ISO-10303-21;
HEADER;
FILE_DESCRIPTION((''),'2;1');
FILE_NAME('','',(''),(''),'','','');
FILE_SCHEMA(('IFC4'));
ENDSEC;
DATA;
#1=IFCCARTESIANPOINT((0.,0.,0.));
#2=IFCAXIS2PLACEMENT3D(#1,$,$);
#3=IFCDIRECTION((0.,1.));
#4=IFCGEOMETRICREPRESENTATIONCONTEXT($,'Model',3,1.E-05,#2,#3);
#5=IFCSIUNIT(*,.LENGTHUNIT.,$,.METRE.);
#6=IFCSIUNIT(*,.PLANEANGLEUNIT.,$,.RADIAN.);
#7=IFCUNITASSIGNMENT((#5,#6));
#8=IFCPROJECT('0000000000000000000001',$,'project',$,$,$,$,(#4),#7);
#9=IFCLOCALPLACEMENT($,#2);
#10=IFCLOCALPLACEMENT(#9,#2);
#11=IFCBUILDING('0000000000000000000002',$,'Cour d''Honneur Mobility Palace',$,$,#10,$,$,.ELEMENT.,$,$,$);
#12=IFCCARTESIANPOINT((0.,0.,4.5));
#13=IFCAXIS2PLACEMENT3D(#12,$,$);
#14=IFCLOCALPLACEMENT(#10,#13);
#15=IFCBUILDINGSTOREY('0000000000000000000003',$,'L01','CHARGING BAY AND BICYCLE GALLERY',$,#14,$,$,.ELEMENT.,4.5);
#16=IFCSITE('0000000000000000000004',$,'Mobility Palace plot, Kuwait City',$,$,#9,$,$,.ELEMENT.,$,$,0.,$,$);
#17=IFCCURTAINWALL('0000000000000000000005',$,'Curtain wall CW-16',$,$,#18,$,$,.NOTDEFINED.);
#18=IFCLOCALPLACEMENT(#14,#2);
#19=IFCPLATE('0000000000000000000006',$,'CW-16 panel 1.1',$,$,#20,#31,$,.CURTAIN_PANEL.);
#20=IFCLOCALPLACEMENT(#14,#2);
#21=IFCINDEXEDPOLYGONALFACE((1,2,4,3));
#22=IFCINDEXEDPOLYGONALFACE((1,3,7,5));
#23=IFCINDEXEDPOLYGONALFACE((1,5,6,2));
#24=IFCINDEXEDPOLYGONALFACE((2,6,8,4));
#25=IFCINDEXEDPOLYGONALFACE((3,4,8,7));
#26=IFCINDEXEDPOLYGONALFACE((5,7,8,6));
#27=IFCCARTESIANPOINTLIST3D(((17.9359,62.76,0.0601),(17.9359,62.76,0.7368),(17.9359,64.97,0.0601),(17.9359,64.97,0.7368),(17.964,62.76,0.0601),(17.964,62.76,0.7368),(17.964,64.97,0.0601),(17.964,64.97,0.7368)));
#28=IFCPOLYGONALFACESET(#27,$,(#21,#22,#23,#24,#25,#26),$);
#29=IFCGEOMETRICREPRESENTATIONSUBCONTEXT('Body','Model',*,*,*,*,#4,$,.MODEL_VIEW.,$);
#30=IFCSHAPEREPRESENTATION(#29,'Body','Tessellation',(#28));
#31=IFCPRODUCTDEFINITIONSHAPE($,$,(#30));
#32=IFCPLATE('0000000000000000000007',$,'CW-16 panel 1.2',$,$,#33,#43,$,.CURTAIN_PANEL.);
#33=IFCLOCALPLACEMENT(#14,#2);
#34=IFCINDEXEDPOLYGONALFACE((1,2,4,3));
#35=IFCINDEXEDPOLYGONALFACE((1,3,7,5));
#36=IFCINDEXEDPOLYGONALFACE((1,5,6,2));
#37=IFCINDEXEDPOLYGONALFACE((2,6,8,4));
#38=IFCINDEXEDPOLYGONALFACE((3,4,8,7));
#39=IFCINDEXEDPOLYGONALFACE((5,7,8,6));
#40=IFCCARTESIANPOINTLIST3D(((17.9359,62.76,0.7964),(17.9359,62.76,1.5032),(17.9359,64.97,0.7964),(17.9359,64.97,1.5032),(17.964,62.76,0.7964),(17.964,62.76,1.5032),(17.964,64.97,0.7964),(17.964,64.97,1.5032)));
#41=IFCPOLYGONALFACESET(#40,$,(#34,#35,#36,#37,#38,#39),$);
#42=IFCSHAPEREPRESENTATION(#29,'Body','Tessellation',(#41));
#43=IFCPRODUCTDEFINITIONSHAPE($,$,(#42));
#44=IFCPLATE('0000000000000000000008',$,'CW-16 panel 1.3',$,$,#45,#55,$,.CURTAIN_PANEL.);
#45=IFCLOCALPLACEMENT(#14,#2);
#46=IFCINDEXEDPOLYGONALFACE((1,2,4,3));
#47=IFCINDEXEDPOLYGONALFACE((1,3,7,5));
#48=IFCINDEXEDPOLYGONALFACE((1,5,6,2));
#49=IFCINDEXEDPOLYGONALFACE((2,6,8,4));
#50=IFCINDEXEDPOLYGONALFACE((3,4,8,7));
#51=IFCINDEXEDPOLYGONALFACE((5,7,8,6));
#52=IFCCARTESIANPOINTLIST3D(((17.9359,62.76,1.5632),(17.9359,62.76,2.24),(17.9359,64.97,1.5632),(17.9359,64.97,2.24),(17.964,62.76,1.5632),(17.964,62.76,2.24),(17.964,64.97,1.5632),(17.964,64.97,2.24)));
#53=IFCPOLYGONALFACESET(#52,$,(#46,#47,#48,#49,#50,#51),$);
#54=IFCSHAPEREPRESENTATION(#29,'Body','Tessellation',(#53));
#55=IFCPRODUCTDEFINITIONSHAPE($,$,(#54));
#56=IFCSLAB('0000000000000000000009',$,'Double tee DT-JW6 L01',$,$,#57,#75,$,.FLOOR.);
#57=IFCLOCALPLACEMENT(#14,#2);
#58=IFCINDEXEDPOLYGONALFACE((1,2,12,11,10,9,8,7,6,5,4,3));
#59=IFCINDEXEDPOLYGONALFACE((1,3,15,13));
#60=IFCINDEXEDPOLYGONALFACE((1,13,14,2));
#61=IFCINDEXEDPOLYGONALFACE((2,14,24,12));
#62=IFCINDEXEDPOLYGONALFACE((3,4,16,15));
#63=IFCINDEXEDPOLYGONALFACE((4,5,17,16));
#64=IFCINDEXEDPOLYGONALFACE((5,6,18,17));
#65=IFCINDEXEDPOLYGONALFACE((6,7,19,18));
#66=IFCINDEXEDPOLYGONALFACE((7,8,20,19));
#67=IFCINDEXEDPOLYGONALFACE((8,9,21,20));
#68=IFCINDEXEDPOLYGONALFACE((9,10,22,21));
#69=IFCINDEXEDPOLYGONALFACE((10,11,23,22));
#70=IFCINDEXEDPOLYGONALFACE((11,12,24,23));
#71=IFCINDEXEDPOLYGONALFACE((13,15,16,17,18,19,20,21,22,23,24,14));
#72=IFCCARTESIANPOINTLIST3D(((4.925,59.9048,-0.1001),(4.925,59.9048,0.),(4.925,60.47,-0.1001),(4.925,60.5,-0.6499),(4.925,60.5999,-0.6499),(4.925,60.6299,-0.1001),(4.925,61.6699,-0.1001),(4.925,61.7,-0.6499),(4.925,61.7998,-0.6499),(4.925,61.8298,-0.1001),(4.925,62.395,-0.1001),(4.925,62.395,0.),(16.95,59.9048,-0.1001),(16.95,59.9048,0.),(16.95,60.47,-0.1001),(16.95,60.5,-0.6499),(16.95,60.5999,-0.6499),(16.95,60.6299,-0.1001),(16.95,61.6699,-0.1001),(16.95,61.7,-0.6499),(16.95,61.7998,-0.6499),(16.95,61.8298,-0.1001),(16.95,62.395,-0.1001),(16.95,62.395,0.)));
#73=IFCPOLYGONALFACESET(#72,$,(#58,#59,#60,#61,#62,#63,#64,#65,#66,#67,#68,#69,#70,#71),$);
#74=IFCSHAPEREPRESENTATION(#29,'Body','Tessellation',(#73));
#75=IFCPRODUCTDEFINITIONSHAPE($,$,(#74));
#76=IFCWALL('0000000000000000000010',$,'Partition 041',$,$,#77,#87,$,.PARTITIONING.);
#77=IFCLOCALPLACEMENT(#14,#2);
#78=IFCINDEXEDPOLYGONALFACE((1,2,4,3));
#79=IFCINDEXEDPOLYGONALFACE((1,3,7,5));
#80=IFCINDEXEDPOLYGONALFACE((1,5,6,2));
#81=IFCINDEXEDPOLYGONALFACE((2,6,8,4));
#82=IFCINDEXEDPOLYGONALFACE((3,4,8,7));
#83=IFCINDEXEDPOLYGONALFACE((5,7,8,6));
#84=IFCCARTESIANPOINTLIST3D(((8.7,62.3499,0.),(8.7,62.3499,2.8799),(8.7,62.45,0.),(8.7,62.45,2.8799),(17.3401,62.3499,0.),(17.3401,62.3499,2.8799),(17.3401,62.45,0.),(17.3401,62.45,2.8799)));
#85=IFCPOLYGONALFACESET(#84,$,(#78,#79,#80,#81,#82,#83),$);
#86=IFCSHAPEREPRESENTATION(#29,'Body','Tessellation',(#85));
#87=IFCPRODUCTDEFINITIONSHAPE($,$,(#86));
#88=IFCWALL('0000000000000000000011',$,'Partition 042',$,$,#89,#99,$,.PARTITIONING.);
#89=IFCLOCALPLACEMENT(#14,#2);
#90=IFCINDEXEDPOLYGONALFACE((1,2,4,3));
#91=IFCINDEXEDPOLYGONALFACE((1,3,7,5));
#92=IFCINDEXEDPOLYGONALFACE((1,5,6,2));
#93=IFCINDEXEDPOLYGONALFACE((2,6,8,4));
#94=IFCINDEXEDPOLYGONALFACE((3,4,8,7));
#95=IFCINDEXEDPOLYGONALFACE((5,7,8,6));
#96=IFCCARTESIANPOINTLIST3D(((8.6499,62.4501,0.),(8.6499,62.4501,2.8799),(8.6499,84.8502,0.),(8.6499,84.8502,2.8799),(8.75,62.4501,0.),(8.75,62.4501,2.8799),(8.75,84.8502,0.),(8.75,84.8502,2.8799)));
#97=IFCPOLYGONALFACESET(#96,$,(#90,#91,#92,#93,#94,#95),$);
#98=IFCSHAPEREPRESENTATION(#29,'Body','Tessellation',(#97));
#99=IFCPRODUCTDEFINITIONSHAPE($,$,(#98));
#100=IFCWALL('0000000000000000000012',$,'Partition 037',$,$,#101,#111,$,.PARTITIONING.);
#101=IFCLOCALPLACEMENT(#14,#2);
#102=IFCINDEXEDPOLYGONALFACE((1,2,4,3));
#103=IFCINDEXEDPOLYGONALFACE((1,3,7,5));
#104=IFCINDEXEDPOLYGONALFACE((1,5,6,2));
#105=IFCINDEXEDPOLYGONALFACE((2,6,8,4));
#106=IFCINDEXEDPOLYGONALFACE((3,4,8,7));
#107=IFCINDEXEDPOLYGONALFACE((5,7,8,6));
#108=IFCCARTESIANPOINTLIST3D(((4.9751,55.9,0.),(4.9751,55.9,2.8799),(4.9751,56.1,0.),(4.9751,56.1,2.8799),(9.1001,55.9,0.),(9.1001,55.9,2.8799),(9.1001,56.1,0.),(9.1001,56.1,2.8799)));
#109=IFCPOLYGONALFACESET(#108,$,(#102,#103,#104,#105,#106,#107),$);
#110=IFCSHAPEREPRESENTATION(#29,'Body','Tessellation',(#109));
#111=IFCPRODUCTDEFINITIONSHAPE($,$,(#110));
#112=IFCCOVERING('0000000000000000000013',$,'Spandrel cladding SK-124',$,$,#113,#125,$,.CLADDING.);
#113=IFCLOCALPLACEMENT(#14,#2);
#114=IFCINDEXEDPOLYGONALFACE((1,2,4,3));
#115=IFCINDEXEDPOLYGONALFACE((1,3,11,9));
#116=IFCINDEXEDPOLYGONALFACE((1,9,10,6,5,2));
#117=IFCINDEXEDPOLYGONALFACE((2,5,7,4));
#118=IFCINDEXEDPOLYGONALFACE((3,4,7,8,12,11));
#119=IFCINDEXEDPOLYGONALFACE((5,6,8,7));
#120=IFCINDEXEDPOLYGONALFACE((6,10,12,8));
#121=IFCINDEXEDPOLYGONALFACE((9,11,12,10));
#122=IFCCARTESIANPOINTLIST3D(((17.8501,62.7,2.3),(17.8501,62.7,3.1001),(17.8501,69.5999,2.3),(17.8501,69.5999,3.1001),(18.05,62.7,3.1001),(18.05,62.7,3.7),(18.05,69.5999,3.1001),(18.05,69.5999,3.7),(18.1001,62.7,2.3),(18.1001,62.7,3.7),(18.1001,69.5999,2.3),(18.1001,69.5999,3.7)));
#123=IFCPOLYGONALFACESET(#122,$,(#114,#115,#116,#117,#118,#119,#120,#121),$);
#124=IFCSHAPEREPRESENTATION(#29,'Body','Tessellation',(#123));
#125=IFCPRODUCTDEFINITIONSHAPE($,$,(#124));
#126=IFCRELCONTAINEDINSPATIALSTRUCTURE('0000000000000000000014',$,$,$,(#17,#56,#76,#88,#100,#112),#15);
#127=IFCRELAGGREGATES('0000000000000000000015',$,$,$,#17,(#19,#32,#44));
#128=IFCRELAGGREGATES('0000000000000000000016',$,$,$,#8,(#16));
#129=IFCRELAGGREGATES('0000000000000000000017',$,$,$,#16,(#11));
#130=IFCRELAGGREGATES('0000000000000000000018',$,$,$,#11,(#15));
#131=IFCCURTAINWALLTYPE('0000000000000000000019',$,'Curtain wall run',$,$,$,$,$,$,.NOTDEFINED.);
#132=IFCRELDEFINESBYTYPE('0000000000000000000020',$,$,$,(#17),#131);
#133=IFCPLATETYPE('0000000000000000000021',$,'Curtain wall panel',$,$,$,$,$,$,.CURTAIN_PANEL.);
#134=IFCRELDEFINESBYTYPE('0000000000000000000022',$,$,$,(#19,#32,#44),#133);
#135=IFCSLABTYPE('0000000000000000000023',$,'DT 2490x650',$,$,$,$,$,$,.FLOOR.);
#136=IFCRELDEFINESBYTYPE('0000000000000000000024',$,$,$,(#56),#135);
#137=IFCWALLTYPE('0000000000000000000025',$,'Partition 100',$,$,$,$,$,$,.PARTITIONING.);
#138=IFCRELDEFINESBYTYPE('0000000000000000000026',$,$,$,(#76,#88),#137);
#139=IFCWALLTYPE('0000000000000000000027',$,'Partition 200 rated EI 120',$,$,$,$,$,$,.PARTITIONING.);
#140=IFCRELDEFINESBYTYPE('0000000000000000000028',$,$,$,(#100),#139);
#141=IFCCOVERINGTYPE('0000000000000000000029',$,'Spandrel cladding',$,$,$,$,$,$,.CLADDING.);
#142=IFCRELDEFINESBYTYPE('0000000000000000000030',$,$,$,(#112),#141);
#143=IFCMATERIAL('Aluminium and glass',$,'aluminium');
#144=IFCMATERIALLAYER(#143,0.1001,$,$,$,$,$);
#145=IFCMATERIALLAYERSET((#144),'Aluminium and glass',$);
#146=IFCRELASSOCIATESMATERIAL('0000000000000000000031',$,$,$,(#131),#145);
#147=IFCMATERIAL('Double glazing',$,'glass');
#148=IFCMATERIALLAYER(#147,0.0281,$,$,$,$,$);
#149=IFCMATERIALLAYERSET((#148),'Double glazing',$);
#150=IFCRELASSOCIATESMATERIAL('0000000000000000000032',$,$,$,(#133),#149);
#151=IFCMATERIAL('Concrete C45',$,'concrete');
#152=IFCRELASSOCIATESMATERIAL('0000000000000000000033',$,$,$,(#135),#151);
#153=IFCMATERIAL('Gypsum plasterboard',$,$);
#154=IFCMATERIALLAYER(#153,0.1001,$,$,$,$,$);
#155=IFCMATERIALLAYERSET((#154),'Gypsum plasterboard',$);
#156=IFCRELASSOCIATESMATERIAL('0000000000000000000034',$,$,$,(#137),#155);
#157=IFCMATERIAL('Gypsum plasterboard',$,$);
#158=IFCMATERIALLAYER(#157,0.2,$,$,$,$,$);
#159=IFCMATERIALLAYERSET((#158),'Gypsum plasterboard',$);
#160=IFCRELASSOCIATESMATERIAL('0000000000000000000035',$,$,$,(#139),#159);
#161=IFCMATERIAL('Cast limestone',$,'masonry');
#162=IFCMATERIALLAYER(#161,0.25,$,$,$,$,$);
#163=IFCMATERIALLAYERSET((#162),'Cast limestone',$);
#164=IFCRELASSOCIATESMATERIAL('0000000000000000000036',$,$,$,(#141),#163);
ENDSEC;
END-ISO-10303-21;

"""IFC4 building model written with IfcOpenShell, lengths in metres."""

from ifc_helpers import new_model, si_unit, direction, frame, frame_2d, origin, origin_2d, place, context, subcontext, project, spatial, polyline, rectangle, outline, extrude, material, layer, layer_set, material_profile, profile_set, type_object, element, aggregate, save


model = new_model("IFC4")

# Units and contexts
model_context = context("Model", 3, precision=1e-05, world=origin(), true_north=direction((0.0, 1.0)))
body_context = subcontext(model_context, "Body", "Model", "MODEL_VIEW")
ifc_project = project(units=[si_unit("LENGTHUNIT", "METRE"), si_unit("PLANEANGLEUNIT", "RADIAN")], contexts=[model_context])

# Site, building, storey
site_placement = place(None, origin())
site = spatial("IfcSite", under=ifc_project, at=site_placement, Name="Mobility Palace plot, Kuwait City", CompositionType="ELEMENT", RefElevation=0.0)
building_placement = place(site_placement, origin())
building = spatial("IfcBuilding", under=site, at=building_placement, Name="Cour d'Honneur Mobility Palace", CompositionType="ELEMENT")
storey_placement = place(building_placement, frame((0.0, 0.0, 4.5)))
storey = spatial("IfcBuildingStorey", under=building, at=storey_placement, Name="L01", Description="CHARGING BAY AND BICYCLE GALLERY", CompositionType="ELEMENT", Elevation=4.5)

# Curtain wall
ifc_material_1 = material(Name="Aluminium and glass", Category="aluminium")
ifc_layer_1 = layer(ifc_material_1, 0.1001)
ifc_layer_set_1 = layer_set([ifc_layer_1], Name="Aluminium and glass")
curtain_wall_type = type_object("IfcCurtainWallType", Name="Curtain wall run", PredefinedType="NOTDEFINED", material=ifc_layer_set_1)
curtain_wall_placement = place(storey_placement, origin())
curtain_wall = element("IfcCurtainWall", 1, at=curtain_wall_placement, inside=storey, type_object=curtain_wall_type, Name="Curtain wall CW-16", PredefinedType="NOTDEFINED")

# Plates
ifc_material_2 = material(Name="Double glazing", Category="glass")
ifc_layer_2 = layer(ifc_material_2, 0.0281)
ifc_layer_set_2 = layer_set([ifc_layer_2], Name="Double glazing")
plate_type = type_object("IfcPlateType", Name="Curtain wall panel", PredefinedType="CURTAIN_PANEL", material=ifc_layer_set_2)
plate_1_placement = place(storey_placement, frame((17.95, 63.865, 0.0601), z_axis=(0.0, 0.0, 1.0), x_axis=(0.0, 1.0, 0.0)))
plate_1 = element("IfcPlate", 2, at=plate_1_placement, type_object=plate_type, Name="CW-16 panel 1.1", PredefinedType="CURTAIN_PANEL", context=body_context, shape_type="SweptSolid", body=[
    extrude(rectangle(XDim=2.21, YDim=0.0281, at=origin_2d()), origin(), (0.0, 0.0, 1.0), 0.6768),
])
plate_2_placement = place(storey_placement, frame((17.95, 63.865, 0.7964), z_axis=(0.0, 0.0, 1.0), x_axis=(0.0, 1.0, 0.0)))
plate_2 = element("IfcPlate", 3, at=plate_2_placement, type_object=plate_type, Name="CW-16 panel 1.2", PredefinedType="CURTAIN_PANEL", context=body_context, shape_type="SweptSolid", body=[
    extrude(rectangle(XDim=2.21, YDim=0.0281, at=origin_2d()), origin(), (0.0, 0.0, 1.0), 0.7068),
])
plate_3_placement = place(storey_placement, frame((17.95, 63.865, 1.5632), z_axis=(0.0, 0.0, 1.0), x_axis=(0.0, 1.0, 0.0)))
plate_3 = element("IfcPlate", 4, at=plate_3_placement, type_object=plate_type, Name="CW-16 panel 1.3", PredefinedType="CURTAIN_PANEL", context=body_context, shape_type="SweptSolid", body=[
    extrude(rectangle(XDim=2.21, YDim=0.0281, at=origin_2d()), origin(), (0.0, 0.0, 1.0), 0.6768),
])
aggregate(curtain_wall, [plate_1, plate_2, plate_3])

# Slab
ifc_material_3 = material(Name="Concrete C45", Category="concrete")
ifc_material_profile_1 = material_profile(ifc_material_3, outline(polyline([(-1.2451, 0.0), (1.2451, 0.0), (1.2451, -0.1001), (0.6799, -0.1001), (0.6499, -0.6499), (0.55, -0.6499), (0.52, -0.1001), (-0.52, -0.1001), (-0.55, -0.6499), (-0.6499, -0.6499), (-0.6799, -0.1001), (-1.2451, -0.1001), (-1.2451, 0.0)])), Name="DT 2490x650")
ifc_profile_set_1 = profile_set([ifc_material_profile_1], Name="Concrete C45")
slab_type = type_object("IfcSlabType", Name="DT 2490x650", PredefinedType="FLOOR", material=ifc_profile_set_1)
slab_placement = place(storey_placement, frame((4.925, 61.1499, 0.0), z_axis=(1.0, 0.0, 0.0), x_axis=(0.0, 1.0, 0.0)))
element("IfcSlab", 5, at=slab_placement, inside=storey, type_object=slab_type, Name="Double tee DT-JW6 L01", PredefinedType="FLOOR", context=body_context, shape_type="SweptSolid", body=[
    extrude(outline(polyline([(-1.2451, 0.0), (1.2451, 0.0), (1.2451, -0.1001), (0.6799, -0.1001), (0.6499, -0.6499), (0.55, -0.6499), (0.52, -0.1001), (-0.52, -0.1001), (-0.55, -0.6499), (-0.6499, -0.6499), (-0.6799, -0.1001), (-1.2451, -0.1001), (-1.2451, 0.0)])), origin(), (0.0, 0.0, 1.0), 12.0249),
])

# Walls
ifc_material_4 = material(Name="Gypsum plasterboard")
ifc_layer_3 = layer(ifc_material_4, 0.1001)
ifc_layer_set_3 = layer_set([ifc_layer_3], Name="Gypsum plasterboard")
wall_type_1 = type_object("IfcWallType", Name="Partition 100", PredefinedType="PARTITIONING", material=ifc_layer_set_3)
wall_1_placement = place(storey_placement, frame((8.7, 62.3999, 0.0), z_axis=(0.0, 0.0, 1.0), x_axis=(1.0, 0.0, 0.0)))
element("IfcWall", 6, at=wall_1_placement, inside=storey, type_object=wall_type_1, Name="Partition 041", PredefinedType="PARTITIONING", context=body_context, shape_type="SweptSolid", body=[
    extrude(rectangle(XDim=8.6401, YDim=0.1001, at=frame_2d((4.3201, 0.0))), origin(), (0.0, 0.0, 1.0), 2.8799),
])
wall_2_placement = place(storey_placement, frame((8.7, 62.45, 0.0), z_axis=(0.0, 0.0, 1.0), x_axis=(0.0, 1.0, 0.0)))
element("IfcWall", 7, at=wall_2_placement, inside=storey, type_object=wall_type_1, Name="Partition 042", PredefinedType="PARTITIONING", context=body_context, shape_type="SweptSolid", body=[
    extrude(rectangle(XDim=22.4001, YDim=0.1001, at=frame_2d((11.2002, 0.0))), origin(), (0.0, 0.0, 1.0), 2.8799),
])
ifc_material_5 = material(Name="Gypsum plasterboard")
ifc_layer_4 = layer(ifc_material_5, 0.2)
ifc_layer_set_4 = layer_set([ifc_layer_4], Name="Gypsum plasterboard")
wall_type_2 = type_object("IfcWallType", Name="Partition 200 rated EI 120", PredefinedType="PARTITIONING", material=ifc_layer_set_4)
wall_3_placement = place(storey_placement, frame((9.1001, 56.0, 0.0), z_axis=(0.0, 0.0, 1.0), x_axis=(-1.0, 0.0, 0.0)))
element("IfcWall", 8, at=wall_3_placement, inside=storey, type_object=wall_type_2, Name="Partition 037", PredefinedType="PARTITIONING", context=body_context, shape_type="SweptSolid", body=[
    extrude(rectangle(XDim=4.125, YDim=0.2, at=frame_2d((2.0625, 0.0))), origin(), (0.0, 0.0, 1.0), 2.8799),
])

# Covering
ifc_material_6 = material(Name="Cast limestone", Category="masonry")
ifc_layer_5 = layer(ifc_material_6, 0.25)
ifc_layer_set_5 = layer_set([ifc_layer_5], Name="Cast limestone")
covering_type = type_object("IfcCoveringType", Name="Spandrel cladding", PredefinedType="CLADDING", material=ifc_layer_set_5)
covering_placement = place(storey_placement, frame((17.8501, 62.7, 2.3), z_axis=(0.0, -1.0, 0.0), x_axis=(1.0, 0.0, 0.0)))
element("IfcCovering", 9, at=covering_placement, inside=storey, type_object=covering_type, Name="Spandrel cladding SK-124", PredefinedType="CLADDING", context=body_context, shape_type="SweptSolid", body=[
    extrude(outline(polyline([(0.0, 0.0), (0.25, 0.0), (0.25, 1.3999), (0.2, 1.3999), (0.2, 0.8), (0.0, 0.8), (0.0, 0.0)])), origin(), (0.0, 0.0, -1.0), 6.8999),
])

save(model, "model.ifc")
